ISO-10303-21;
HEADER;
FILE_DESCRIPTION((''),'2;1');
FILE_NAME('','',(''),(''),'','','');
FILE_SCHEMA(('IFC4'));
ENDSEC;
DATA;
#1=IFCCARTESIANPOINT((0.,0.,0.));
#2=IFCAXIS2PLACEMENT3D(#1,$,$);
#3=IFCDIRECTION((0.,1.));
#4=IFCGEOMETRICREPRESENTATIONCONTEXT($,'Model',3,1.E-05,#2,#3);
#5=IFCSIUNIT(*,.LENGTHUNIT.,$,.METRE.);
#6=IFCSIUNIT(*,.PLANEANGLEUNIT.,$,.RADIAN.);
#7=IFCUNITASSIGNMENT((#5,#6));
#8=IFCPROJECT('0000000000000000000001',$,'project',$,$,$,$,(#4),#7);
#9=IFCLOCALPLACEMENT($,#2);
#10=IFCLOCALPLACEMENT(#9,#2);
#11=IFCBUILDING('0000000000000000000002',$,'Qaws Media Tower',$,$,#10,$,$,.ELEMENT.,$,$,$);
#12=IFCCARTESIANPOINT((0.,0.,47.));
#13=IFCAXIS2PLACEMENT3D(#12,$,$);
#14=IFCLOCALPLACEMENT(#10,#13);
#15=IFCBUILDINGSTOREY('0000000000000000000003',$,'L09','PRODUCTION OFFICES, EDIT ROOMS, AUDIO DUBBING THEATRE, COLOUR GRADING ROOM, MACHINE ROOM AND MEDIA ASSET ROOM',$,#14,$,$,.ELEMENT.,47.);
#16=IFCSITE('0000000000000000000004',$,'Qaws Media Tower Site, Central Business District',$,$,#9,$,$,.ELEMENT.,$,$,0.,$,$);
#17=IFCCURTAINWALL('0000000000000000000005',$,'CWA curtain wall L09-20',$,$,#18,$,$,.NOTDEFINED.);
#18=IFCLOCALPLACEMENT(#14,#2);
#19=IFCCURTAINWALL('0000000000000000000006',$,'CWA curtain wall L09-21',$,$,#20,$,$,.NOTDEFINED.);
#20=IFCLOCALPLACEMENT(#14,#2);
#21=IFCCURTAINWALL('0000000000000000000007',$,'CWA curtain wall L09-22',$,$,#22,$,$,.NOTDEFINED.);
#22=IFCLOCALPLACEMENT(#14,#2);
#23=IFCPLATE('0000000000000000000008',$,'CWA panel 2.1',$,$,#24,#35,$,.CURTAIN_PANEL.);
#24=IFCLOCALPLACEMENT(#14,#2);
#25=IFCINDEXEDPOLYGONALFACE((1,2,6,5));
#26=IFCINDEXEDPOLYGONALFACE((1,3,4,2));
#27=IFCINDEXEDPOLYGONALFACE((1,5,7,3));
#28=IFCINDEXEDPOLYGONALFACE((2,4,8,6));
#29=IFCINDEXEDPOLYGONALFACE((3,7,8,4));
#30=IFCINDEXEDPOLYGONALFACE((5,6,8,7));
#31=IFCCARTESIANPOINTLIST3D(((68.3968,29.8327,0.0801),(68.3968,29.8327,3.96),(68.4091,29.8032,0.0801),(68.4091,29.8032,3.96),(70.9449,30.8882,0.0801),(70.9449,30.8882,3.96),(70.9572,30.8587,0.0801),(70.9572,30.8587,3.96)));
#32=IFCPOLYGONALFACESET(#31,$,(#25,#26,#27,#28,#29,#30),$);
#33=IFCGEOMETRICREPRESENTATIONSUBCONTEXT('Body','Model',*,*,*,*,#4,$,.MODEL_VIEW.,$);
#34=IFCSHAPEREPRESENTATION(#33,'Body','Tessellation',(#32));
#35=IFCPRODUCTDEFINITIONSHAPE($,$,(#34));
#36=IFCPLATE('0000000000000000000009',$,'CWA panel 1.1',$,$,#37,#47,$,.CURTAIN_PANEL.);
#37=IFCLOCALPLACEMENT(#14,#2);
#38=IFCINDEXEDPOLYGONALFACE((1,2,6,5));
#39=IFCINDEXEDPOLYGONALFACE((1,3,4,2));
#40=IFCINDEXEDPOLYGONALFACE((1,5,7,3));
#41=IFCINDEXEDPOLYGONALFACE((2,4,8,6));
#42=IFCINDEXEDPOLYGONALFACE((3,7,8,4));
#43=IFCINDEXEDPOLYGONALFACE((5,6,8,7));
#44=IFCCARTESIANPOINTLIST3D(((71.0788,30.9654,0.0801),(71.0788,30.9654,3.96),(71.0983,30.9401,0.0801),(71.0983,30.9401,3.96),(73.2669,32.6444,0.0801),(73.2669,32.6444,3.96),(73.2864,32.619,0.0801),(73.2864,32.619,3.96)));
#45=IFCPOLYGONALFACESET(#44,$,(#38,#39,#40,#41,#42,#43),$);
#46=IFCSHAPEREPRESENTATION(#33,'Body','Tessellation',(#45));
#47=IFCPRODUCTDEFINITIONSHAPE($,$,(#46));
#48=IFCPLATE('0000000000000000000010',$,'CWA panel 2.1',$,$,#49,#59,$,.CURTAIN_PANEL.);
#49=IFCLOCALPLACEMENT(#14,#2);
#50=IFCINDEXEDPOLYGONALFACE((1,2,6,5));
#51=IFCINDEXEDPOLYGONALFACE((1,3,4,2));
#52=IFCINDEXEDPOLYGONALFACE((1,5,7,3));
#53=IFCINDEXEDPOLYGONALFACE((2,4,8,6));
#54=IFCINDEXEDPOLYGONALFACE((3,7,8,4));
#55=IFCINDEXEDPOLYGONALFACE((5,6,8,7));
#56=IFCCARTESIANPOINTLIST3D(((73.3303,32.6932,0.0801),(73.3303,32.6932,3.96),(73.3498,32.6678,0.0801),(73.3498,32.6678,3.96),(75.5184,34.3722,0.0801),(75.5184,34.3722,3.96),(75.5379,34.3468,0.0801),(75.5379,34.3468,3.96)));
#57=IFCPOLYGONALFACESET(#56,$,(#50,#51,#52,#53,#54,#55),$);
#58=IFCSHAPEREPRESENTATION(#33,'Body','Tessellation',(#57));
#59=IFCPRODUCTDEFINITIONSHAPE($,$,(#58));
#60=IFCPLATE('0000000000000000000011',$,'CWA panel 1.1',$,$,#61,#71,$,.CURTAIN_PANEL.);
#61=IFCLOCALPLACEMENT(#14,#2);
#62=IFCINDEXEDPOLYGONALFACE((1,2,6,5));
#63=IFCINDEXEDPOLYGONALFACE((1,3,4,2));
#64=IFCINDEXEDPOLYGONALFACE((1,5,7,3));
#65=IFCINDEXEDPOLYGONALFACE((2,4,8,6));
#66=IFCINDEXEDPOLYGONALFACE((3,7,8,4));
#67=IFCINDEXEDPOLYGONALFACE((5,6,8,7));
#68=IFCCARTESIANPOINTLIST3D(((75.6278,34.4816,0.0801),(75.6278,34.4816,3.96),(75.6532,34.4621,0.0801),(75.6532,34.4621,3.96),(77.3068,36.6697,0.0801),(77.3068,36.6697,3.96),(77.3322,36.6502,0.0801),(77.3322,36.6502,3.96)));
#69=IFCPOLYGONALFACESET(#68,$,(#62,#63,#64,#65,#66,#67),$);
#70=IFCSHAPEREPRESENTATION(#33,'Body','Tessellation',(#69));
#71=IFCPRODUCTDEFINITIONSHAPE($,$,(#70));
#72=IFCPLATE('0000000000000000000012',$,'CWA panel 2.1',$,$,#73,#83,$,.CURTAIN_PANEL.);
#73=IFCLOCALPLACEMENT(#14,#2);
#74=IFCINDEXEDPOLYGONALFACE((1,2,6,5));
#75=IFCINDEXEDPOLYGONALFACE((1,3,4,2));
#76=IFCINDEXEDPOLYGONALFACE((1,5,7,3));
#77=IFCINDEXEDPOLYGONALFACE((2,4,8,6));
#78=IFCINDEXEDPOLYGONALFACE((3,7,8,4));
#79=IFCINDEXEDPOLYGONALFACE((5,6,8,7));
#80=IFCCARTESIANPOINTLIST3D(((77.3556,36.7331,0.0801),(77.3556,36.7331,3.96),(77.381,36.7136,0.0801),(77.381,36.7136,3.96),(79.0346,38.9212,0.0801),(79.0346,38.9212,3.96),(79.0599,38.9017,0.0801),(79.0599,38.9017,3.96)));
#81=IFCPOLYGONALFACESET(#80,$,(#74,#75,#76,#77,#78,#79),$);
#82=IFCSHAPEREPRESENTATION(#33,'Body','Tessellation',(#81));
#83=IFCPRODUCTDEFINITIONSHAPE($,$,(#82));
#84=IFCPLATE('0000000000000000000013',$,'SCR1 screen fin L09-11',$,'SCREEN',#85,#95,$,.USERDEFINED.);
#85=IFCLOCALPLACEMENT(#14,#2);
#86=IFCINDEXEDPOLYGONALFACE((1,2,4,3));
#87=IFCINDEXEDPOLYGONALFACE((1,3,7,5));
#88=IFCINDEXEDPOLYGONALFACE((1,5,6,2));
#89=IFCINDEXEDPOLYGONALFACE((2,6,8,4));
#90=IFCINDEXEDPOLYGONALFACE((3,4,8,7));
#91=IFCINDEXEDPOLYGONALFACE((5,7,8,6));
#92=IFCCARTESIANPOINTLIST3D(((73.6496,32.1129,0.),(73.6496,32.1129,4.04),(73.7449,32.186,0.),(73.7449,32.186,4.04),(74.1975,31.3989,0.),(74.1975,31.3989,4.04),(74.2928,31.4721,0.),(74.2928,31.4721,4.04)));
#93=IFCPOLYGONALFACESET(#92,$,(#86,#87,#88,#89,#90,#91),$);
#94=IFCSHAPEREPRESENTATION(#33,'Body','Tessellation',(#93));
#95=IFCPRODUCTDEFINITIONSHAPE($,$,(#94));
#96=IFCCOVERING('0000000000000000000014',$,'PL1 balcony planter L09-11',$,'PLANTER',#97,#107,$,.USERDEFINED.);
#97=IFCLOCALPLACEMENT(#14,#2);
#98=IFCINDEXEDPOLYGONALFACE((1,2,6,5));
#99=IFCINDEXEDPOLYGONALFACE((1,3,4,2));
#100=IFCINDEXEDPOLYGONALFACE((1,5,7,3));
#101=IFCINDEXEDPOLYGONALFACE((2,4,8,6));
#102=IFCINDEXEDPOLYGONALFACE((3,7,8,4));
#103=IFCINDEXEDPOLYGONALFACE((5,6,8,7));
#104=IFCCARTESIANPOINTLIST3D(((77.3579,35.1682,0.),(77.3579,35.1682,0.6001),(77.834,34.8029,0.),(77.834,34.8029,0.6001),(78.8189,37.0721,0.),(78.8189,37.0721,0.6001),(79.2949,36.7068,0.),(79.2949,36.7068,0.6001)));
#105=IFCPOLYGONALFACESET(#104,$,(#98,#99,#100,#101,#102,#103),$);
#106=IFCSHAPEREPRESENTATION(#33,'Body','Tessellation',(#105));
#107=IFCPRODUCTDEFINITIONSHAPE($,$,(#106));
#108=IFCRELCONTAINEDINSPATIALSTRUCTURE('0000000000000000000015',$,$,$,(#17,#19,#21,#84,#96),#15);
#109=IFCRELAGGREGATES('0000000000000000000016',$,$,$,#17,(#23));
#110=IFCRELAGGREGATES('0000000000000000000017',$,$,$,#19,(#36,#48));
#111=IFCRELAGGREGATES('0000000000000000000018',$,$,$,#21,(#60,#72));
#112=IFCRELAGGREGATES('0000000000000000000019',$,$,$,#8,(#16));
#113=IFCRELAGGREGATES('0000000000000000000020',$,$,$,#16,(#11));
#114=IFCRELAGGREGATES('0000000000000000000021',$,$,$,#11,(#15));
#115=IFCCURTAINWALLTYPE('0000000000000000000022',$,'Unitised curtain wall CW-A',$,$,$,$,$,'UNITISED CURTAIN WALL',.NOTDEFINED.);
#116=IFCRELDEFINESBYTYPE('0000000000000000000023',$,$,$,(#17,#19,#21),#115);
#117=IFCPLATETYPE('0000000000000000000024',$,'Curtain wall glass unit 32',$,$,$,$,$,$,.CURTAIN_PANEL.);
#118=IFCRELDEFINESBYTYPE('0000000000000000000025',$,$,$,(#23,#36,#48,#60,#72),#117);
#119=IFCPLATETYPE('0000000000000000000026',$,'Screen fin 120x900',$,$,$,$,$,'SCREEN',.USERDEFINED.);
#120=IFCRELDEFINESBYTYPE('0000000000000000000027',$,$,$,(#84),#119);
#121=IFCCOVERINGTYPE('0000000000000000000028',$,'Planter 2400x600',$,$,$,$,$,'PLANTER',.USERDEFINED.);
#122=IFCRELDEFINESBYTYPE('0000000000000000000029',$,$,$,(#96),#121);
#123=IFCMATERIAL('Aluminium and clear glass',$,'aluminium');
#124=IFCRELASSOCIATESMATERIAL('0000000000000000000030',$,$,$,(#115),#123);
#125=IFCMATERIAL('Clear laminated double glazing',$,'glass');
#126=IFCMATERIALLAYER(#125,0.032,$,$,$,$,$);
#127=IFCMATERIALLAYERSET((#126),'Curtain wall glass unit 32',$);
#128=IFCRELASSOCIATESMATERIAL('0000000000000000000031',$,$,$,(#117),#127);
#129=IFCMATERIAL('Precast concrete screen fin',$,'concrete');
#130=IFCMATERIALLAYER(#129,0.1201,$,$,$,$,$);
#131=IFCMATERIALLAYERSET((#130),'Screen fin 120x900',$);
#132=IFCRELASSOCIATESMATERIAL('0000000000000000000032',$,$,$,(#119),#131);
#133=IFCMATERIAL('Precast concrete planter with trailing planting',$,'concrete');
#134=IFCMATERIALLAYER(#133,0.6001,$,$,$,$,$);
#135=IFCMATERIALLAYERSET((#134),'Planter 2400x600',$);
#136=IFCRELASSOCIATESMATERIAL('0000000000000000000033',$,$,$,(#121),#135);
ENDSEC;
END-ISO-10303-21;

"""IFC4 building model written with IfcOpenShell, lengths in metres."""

from ifc_helpers import new_model, si_unit, direction, frame, origin, origin_2d, place, context, subcontext, project, spatial, rectangle, extrude, material, layer, layer_set, type_object, element, aggregate, save


model = new_model("IFC4")

# Units and contexts
model_context = context("Model", 3, precision=1e-05, world=origin(), true_north=direction((0.0, 1.0)))
body_context = subcontext(model_context, "Body", "Model", "MODEL_VIEW")
ifc_project = project(units=[si_unit("LENGTHUNIT", "METRE"), si_unit("PLANEANGLEUNIT", "RADIAN")], contexts=[model_context])

# Site, building, storey
site_placement = place(None, origin())
site = spatial("IfcSite", under=ifc_project, at=site_placement, Name="Qaws Media Tower Site, Central Business District", CompositionType="ELEMENT", RefElevation=0.0)
building_placement = place(site_placement, origin())
building = spatial("IfcBuilding", under=site, at=building_placement, Name="Qaws Media Tower", CompositionType="ELEMENT")
storey_placement = place(building_placement, frame((0.0, 0.0, 47.0)))
storey = spatial("IfcBuildingStorey", under=building, at=storey_placement, Name="L09", Description="PRODUCTION OFFICES, EDIT ROOMS, AUDIO DUBBING THEATRE, COLOUR GRADING ROOM, MACHINE ROOM AND MEDIA ASSET ROOM", CompositionType="ELEMENT", Elevation=47.0)

# Curtain wall
ifc_material_1 = material(Name="Aluminium and clear glass", Category="aluminium")
curtain_wall_type = type_object("IfcCurtainWallType", Name="Unitised curtain wall CW-A", ElementType="UNITISED CURTAIN WALL", PredefinedType="NOTDEFINED", material=ifc_material_1)
curtain_wall_1_placement = place(storey_placement, origin())
curtain_wall_1 = element("IfcCurtainWall", 1, at=curtain_wall_1_placement, inside=storey, type_object=curtain_wall_type, Name="CWA curtain wall L09-20", PredefinedType="NOTDEFINED")

# Curtain walls
curtain_wall_2_placement = place(storey_placement, origin())
curtain_wall_2 = element("IfcCurtainWall", 2, at=curtain_wall_2_placement, inside=storey, type_object=curtain_wall_type, Name="CWA curtain wall L09-21", PredefinedType="NOTDEFINED")
curtain_wall_3_placement = place(storey_placement, origin())
curtain_wall_3 = element("IfcCurtainWall", 3, at=curtain_wall_3_placement, inside=storey, type_object=curtain_wall_type, Name="CWA curtain wall L09-22", PredefinedType="NOTDEFINED")

# Plates
ifc_material_2 = material(Name="Clear laminated double glazing", Category="glass")
ifc_layer_1 = layer(ifc_material_2, 0.032)
ifc_layer_set_1 = layer_set([ifc_layer_1], Name="Curtain wall glass unit 32")
plate_type_1 = type_object("IfcPlateType", Name="Curtain wall glass unit 32", PredefinedType="CURTAIN_PANEL", material=ifc_layer_set_1)
plate_1_placement = place(storey_placement, frame((69.677, 30.3457, 0.0801), z_axis=(0.0, 0.0, 1.0), x_axis=(0.92388, 0.382683, 0.0)))
plate_1 = element("IfcPlate", 4, at=plate_1_placement, type_object=plate_type_1, Name="CWA panel 2.1", PredefinedType="CURTAIN_PANEL", context=body_context, shape_type="SweptSolid", body=[
    extrude(rectangle(XDim=2.7581, YDim=0.032, at=origin_2d()), origin(), (0.0, 0.0, 1.0), 3.8799),
])
aggregate(curtain_wall_1, [plate_1])
plate_2_placement = place(storey_placement, frame((72.1826, 31.7922, 0.0801), z_axis=(0.0, 0.0, 1.0), x_axis=(0.793353, 0.608761, 0.0)))
plate_2 = element("IfcPlate", 5, at=plate_2_placement, type_object=plate_type_1, Name="CWA panel 1.1", PredefinedType="CURTAIN_PANEL", context=body_context, shape_type="SweptSolid", body=[
    extrude(rectangle(XDim=2.7581, YDim=0.032, at=origin_2d()), origin(), (0.0, 0.0, 1.0), 3.8799),
])
plate_3_placement = place(storey_placement, frame((74.4341, 33.52, 0.0801), z_axis=(0.0, 0.0, 1.0), x_axis=(0.793353, 0.608761, 0.0)))
plate_3 = element("IfcPlate", 6, at=plate_3_placement, type_object=plate_type_1, Name="CWA panel 2.1", PredefinedType="CURTAIN_PANEL", context=body_context, shape_type="SweptSolid", body=[
    extrude(rectangle(XDim=2.7581, YDim=0.032, at=origin_2d()), origin(), (0.0, 0.0, 1.0), 3.8799),
])
aggregate(curtain_wall_2, [plate_2, plate_3])
plate_4_placement = place(storey_placement, frame((76.48, 35.5659, 0.0801), z_axis=(0.0, 0.0, 1.0), x_axis=(0.608761, 0.793353, 0.0)))
plate_4 = element("IfcPlate", 7, at=plate_4_placement, type_object=plate_type_1, Name="CWA panel 1.1", PredefinedType="CURTAIN_PANEL", context=body_context, shape_type="SweptSolid", body=[
    extrude(rectangle(XDim=2.7581, YDim=0.032, at=origin_2d()), origin(), (0.0, 0.0, 1.0), 3.8799),
])
plate_5_placement = place(storey_placement, frame((78.2078, 37.8174, 0.0801), z_axis=(0.0, 0.0, 1.0), x_axis=(0.608761, 0.793353, 0.0)))
plate_5 = element("IfcPlate", 8, at=plate_5_placement, type_object=plate_type_1, Name="CWA panel 2.1", PredefinedType="CURTAIN_PANEL", context=body_context, shape_type="SweptSolid", body=[
    extrude(rectangle(XDim=2.7581, YDim=0.032, at=origin_2d()), origin(), (0.0, 0.0, 1.0), 3.8799),
])
aggregate(curtain_wall_3, [plate_4, plate_5])
ifc_material_3 = material(Name="Precast concrete screen fin", Category="concrete")
ifc_layer_2 = layer(ifc_material_3, 0.1201)
ifc_layer_set_2 = layer_set([ifc_layer_2], Name="Screen fin 120x900")
plate_type_2 = type_object("IfcPlateType", Name="Screen fin 120x900", ElementType="SCREEN", PredefinedType="USERDEFINED", material=ifc_layer_set_2)
plate_6_placement = place(storey_placement, frame((73.9712, 31.7925, 0.0), z_axis=(0.0, 0.0, 1.0), x_axis=(0.608761, -0.793353, 0.0)))
element("IfcPlate", 9, at=plate_6_placement, inside=storey, type_object=plate_type_2, Name="SCR1 screen fin L09-11", ObjectType="SCREEN", PredefinedType="USERDEFINED", context=body_context, shape_type="SweptSolid", body=[
    extrude(rectangle(XDim=0.8999, YDim=0.1201, at=origin_2d()), origin(), (0.0, 0.0, 1.0), 4.04),
])

# Covering
ifc_material_4 = material(Name="Precast concrete planter with trailing planting", Category="concrete")
ifc_layer_3 = layer(ifc_material_4, 0.6001)
ifc_layer_set_3 = layer_set([ifc_layer_3], Name="Planter 2400x600")
covering_type = type_object("IfcCoveringType", Name="Planter 2400x600", ElementType="PLANTER", PredefinedType="USERDEFINED", material=ifc_layer_set_3)
covering_placement = place(storey_placement, frame((78.3264, 35.9375, 0.0), z_axis=(0.0, 0.0, 1.0), x_axis=(0.608761, 0.793353, 0.0)))
element("IfcCovering", 10, at=covering_placement, inside=storey, type_object=covering_type, Name="PL1 balcony planter L09-11", ObjectType="PLANTER", PredefinedType="USERDEFINED", context=body_context, shape_type="SweptSolid", body=[
    extrude(rectangle(XDim=2.3999, YDim=0.6001, at=origin_2d()), origin(), (0.0, 0.0, 1.0), 0.6001),
])

save(model, "model.ifc")
